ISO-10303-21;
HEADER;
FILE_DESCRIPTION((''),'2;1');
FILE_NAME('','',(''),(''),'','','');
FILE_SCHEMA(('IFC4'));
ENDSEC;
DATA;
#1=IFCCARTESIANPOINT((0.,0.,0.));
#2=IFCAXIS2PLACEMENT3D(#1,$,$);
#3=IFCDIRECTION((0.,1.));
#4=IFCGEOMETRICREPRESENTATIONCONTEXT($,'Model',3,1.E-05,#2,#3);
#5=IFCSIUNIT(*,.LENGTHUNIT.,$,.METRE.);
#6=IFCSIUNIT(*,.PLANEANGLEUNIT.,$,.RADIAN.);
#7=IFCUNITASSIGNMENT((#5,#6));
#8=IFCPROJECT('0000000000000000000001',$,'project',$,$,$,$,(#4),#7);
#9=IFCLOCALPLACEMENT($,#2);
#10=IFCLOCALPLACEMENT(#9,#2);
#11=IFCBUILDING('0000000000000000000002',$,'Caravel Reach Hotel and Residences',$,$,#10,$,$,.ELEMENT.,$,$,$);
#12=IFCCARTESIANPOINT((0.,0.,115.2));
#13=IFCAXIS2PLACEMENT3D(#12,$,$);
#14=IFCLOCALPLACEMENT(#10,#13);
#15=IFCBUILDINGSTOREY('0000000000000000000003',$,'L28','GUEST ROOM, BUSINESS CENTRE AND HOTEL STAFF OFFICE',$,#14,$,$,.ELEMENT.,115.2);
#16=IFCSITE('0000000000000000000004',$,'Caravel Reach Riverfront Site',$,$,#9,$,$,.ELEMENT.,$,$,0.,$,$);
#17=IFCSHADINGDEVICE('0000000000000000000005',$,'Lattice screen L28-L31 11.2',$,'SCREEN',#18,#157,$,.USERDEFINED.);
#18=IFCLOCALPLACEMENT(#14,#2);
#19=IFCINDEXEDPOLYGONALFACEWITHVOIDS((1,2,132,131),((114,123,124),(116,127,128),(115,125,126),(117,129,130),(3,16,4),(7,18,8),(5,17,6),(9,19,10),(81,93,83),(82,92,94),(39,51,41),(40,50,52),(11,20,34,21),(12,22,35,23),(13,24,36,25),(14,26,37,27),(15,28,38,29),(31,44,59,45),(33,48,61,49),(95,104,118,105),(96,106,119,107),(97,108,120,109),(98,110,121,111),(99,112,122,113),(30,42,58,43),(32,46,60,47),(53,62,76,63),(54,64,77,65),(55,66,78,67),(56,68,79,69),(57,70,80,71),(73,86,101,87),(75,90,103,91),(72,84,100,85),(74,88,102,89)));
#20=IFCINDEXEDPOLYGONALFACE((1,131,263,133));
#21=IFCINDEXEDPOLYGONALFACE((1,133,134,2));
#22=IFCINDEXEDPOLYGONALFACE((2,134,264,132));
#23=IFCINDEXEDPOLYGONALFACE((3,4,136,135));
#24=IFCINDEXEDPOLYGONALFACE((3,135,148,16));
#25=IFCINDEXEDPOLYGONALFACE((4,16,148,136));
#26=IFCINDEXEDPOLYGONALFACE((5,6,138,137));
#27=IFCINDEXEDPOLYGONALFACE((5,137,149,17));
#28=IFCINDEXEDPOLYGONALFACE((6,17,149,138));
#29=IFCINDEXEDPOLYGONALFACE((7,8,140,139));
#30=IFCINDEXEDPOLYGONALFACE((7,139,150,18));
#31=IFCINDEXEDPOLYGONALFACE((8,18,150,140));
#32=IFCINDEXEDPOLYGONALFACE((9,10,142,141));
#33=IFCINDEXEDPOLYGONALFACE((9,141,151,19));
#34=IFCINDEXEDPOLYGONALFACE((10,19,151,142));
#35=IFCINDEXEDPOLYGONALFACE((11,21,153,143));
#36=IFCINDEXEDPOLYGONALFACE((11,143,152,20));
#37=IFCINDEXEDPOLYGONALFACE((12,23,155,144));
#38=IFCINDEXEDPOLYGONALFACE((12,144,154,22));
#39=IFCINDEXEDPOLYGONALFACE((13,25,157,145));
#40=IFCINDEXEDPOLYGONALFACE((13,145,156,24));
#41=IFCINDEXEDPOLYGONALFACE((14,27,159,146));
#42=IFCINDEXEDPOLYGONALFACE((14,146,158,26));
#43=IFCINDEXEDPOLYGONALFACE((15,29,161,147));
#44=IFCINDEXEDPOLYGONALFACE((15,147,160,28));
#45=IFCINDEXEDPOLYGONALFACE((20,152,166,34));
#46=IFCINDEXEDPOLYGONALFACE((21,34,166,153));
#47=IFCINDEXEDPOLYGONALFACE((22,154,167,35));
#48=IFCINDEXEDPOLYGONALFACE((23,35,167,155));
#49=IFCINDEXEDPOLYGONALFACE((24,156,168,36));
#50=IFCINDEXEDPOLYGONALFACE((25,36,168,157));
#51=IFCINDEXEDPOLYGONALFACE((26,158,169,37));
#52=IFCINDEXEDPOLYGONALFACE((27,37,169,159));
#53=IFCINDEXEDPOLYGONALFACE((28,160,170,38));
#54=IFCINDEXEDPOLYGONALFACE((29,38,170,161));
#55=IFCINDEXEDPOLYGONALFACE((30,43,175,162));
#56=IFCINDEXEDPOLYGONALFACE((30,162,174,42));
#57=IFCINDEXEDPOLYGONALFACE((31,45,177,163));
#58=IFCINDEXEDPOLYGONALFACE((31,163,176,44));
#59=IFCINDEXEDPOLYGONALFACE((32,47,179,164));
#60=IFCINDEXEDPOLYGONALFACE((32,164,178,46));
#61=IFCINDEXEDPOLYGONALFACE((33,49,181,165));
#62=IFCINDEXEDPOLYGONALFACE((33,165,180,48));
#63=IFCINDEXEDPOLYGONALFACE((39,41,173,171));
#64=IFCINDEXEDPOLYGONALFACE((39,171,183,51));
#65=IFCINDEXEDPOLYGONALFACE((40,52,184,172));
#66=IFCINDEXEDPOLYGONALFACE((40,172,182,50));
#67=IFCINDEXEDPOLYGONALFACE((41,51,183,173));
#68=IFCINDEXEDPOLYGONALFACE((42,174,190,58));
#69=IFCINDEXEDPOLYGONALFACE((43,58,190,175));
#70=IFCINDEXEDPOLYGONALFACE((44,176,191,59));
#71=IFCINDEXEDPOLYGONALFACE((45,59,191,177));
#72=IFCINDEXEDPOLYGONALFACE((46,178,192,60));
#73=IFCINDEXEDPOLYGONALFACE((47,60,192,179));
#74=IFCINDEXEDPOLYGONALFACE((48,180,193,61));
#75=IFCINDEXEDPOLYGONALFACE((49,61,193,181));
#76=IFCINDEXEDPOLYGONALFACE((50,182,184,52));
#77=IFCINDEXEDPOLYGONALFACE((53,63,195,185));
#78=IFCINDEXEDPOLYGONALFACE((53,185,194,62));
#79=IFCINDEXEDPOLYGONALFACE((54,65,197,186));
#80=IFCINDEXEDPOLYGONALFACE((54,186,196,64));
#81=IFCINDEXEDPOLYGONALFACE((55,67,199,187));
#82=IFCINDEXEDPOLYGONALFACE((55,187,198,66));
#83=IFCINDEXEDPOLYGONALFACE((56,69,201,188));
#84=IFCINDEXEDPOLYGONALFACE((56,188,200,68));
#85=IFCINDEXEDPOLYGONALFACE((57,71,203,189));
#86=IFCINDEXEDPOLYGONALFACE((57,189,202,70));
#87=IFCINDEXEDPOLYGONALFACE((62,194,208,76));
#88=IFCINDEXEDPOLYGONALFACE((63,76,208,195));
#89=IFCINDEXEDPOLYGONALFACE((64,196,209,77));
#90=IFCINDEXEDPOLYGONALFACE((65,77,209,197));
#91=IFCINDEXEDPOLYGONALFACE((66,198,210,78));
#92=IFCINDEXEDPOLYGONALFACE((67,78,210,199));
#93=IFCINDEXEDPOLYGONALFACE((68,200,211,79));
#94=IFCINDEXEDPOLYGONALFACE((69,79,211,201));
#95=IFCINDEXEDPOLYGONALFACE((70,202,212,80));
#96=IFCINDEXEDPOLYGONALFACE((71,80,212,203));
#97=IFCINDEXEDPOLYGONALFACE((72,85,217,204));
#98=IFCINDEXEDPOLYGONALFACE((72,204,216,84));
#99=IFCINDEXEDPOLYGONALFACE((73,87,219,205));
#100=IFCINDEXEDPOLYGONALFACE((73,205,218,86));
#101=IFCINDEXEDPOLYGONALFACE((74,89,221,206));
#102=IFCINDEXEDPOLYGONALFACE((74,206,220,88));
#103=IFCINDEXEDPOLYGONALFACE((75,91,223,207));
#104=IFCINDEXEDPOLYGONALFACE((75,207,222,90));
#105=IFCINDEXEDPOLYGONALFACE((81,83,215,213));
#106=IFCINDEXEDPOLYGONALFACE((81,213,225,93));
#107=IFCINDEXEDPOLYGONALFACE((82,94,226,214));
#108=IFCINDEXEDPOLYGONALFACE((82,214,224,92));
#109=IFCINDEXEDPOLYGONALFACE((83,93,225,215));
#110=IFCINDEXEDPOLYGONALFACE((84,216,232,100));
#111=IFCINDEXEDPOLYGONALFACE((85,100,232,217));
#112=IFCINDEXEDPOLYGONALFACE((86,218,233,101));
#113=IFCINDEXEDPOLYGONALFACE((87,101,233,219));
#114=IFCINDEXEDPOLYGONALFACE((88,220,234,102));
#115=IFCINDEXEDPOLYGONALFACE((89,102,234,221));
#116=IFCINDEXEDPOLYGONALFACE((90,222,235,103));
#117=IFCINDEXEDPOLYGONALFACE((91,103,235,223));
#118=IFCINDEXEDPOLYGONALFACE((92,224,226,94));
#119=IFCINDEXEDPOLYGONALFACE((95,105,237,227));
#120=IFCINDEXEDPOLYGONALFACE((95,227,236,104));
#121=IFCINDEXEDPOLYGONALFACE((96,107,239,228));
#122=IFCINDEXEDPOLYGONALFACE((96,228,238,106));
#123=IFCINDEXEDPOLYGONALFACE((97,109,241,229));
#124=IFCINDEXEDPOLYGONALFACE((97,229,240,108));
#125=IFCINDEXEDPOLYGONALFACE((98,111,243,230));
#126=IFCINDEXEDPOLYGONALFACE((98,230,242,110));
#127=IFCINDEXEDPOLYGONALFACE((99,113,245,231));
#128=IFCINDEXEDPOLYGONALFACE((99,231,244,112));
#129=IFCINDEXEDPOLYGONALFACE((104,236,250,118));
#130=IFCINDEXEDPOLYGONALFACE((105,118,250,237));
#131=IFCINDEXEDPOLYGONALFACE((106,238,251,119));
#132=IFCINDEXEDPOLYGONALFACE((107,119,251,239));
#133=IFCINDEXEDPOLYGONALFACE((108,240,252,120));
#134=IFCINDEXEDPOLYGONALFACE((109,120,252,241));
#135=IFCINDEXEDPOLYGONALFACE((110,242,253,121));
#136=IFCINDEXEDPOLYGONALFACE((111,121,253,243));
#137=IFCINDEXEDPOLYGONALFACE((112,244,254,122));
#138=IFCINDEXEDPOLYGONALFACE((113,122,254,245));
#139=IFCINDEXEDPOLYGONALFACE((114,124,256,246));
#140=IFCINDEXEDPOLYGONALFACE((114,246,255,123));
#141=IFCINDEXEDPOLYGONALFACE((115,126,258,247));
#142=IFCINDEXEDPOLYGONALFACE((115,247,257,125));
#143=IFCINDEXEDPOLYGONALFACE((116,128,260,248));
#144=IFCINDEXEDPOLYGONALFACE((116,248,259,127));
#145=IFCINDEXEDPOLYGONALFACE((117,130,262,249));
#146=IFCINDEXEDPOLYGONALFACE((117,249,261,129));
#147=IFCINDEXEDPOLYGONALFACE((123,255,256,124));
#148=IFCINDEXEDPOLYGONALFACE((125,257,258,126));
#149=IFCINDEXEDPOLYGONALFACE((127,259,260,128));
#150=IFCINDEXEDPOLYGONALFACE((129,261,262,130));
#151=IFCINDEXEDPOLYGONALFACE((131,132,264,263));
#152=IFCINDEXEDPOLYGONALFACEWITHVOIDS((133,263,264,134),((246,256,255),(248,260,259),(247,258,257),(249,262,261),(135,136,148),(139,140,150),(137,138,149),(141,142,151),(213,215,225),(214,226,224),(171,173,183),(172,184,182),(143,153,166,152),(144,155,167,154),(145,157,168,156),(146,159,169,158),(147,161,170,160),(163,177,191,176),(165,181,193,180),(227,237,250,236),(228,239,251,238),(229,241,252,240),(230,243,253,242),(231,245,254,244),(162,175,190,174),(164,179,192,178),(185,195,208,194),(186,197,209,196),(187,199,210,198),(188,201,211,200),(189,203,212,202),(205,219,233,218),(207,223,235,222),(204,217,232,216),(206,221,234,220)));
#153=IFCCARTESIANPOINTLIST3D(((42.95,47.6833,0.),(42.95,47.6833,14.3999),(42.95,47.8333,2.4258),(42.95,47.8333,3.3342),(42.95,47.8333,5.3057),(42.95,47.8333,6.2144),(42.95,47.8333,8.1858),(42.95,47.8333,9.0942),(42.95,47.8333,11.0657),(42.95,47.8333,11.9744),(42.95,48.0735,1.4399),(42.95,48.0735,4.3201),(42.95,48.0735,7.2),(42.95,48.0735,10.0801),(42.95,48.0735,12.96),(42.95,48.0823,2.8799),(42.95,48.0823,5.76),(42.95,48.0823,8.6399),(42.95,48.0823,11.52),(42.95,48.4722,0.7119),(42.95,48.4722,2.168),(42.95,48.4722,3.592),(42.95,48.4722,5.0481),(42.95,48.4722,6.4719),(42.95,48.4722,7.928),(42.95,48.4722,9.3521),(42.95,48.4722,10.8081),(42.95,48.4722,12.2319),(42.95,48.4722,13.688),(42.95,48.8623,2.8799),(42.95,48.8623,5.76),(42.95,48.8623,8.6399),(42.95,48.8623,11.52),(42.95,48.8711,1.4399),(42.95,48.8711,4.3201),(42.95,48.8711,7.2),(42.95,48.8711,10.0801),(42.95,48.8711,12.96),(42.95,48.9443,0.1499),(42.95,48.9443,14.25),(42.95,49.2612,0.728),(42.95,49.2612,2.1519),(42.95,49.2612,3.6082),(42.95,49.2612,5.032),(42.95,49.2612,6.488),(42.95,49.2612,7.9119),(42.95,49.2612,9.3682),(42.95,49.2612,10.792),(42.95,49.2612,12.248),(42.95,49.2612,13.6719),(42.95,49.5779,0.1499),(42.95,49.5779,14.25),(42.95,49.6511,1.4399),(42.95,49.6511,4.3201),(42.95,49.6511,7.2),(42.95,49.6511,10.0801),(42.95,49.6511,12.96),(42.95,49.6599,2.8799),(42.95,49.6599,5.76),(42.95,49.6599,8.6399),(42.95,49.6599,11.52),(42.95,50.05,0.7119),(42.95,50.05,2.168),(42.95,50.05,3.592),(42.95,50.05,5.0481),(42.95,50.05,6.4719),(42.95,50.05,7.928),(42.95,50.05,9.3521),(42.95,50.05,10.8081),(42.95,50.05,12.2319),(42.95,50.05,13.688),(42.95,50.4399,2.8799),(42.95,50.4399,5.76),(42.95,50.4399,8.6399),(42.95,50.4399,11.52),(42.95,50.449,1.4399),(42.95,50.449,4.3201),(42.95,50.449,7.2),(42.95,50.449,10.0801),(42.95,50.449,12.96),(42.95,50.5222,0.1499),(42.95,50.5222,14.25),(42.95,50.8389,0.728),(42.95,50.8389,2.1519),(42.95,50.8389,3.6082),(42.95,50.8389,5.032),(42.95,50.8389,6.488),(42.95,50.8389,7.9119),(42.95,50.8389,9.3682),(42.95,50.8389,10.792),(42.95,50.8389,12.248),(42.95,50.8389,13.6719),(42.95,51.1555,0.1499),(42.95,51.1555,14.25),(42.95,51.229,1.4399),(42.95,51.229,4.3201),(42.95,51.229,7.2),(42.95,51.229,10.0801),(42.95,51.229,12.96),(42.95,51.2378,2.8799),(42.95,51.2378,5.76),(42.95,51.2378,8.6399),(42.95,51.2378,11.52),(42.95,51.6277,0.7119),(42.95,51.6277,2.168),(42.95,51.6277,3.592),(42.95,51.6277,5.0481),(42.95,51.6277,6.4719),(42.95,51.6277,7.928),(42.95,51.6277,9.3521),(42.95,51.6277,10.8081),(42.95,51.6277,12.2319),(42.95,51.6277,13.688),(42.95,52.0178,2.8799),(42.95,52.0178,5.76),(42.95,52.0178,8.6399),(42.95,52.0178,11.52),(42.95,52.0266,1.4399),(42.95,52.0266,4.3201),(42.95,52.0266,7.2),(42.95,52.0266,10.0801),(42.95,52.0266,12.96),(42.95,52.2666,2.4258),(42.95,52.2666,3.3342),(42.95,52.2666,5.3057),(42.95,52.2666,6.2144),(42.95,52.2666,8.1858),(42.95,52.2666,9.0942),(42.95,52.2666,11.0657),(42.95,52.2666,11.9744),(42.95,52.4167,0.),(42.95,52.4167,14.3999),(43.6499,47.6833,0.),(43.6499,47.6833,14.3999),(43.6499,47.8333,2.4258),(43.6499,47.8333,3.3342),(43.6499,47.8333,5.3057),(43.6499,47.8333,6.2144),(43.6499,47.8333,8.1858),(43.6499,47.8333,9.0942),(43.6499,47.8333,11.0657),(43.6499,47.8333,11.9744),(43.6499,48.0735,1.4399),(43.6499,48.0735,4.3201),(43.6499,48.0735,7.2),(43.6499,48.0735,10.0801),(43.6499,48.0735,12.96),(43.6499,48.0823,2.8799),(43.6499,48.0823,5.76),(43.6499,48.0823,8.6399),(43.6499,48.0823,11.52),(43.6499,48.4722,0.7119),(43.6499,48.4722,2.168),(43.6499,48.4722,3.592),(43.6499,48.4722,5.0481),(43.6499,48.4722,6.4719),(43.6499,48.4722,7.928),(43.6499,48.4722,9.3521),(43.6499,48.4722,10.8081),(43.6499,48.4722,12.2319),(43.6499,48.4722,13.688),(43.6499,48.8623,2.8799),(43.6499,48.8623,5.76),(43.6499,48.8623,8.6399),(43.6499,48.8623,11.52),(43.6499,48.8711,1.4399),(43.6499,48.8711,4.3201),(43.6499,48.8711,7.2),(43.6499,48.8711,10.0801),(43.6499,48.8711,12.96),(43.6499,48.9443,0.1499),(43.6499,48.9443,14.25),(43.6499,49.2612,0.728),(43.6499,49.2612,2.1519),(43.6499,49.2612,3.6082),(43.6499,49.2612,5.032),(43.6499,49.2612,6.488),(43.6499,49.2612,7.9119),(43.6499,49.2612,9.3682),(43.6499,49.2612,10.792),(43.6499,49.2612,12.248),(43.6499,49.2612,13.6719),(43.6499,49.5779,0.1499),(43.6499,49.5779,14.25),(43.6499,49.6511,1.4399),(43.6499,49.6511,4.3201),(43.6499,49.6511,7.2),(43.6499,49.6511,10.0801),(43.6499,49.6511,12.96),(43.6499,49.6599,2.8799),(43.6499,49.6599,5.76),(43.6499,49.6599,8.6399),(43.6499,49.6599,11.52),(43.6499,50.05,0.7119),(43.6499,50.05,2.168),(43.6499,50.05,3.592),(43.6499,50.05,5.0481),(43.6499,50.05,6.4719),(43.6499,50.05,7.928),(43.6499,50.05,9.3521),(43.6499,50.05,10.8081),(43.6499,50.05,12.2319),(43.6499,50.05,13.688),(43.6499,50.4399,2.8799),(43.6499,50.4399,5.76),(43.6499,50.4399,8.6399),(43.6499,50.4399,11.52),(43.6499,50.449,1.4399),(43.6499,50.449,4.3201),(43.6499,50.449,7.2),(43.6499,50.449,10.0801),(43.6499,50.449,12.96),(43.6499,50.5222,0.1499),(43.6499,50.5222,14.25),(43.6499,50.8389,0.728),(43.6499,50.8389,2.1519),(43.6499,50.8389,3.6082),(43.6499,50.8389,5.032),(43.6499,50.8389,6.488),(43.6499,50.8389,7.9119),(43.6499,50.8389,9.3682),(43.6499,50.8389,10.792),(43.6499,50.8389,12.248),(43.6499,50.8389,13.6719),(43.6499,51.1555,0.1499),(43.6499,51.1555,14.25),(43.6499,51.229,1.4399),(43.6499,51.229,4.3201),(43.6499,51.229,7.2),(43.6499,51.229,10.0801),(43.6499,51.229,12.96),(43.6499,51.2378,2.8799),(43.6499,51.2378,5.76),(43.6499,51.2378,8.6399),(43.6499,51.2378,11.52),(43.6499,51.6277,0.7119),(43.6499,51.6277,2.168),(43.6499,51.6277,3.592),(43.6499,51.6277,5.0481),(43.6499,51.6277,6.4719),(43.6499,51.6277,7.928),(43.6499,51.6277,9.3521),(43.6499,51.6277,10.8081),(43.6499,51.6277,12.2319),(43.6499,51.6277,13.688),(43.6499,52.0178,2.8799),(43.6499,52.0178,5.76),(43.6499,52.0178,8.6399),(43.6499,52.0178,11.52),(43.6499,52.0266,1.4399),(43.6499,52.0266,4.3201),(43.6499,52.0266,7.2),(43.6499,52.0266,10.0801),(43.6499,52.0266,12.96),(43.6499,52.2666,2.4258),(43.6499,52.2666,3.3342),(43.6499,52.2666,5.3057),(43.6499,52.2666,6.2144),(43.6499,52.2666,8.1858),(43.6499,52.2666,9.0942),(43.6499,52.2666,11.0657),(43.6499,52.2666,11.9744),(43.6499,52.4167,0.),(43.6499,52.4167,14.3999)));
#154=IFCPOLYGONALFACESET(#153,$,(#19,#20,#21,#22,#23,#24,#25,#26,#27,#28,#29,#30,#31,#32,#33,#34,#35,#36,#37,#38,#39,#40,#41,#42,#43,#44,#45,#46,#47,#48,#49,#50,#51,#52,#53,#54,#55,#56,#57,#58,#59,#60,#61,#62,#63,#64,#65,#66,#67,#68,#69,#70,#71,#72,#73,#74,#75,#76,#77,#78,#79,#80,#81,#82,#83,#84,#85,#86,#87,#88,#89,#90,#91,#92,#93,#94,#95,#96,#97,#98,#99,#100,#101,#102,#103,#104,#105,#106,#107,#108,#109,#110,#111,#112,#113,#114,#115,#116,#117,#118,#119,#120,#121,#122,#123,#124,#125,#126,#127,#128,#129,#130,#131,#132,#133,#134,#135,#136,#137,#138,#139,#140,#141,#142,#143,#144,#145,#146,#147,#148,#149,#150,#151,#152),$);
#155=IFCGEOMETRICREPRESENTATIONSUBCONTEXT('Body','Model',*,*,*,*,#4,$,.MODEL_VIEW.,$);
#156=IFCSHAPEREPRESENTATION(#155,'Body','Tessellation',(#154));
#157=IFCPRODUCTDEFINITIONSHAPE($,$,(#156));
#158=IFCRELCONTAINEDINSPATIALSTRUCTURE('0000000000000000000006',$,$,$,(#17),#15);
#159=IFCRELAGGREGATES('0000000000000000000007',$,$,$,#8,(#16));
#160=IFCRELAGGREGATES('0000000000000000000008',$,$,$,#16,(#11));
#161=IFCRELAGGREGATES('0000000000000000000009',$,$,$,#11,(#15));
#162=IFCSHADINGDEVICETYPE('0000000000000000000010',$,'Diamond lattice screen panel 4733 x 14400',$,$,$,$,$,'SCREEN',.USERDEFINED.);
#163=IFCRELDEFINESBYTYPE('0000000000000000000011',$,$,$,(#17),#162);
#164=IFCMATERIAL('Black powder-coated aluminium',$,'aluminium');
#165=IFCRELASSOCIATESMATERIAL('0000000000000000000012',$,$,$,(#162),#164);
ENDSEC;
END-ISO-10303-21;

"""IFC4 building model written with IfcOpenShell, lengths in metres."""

from ifc_helpers import new_model, si_unit, direction, frame, origin, place, context, subcontext, project, spatial, polyline, outline, extrude, material, type_object, element, save


model = new_model("IFC4")

# Units and contexts
model_context = context("Model", 3, precision=1e-05, world=origin(), true_north=direction((0.0, 1.0)))
body_context = subcontext(model_context, "Body", "Model", "MODEL_VIEW")
ifc_project = project(units=[si_unit("LENGTHUNIT", "METRE"), si_unit("PLANEANGLEUNIT", "RADIAN")], contexts=[model_context])

# Site, building, storey
site_placement = place(None, origin())
site = spatial("IfcSite", under=ifc_project, at=site_placement, Name="Caravel Reach Riverfront Site", CompositionType="ELEMENT", RefElevation=0.0)
building_placement = place(site_placement, origin())
building = spatial("IfcBuilding", under=site, at=building_placement, Name="Caravel Reach Hotel and Residences", CompositionType="ELEMENT")
storey_placement = place(building_placement, frame((0.0, 0.0, 115.2)))
storey = spatial("IfcBuildingStorey", under=building, at=storey_placement, Name="L28", Description="GUEST ROOM, BUSINESS CENTRE AND HOTEL STAFF OFFICE", CompositionType="ELEMENT", Elevation=115.2)

# Shading device
ifc_material_1 = material(Name="Black powder-coated aluminium", Category="aluminium")
shading_device_type_1 = type_object("IfcShadingDeviceType", Name="Diamond lattice screen panel 4733 x 14400", ElementType="SCREEN", PredefinedType="USERDEFINED", material=ifc_material_1)
shading_device_1_placement = place(storey_placement, frame((42.95, 47.6833, 0.0), z_axis=(1.0, 0.0, 0.0), x_axis=(0.0, 1.0, 0.0)))
element("IfcShadingDevice", 1, at=shading_device_1_placement, inside=storey, type_object=shading_device_type_1, Name="Lattice screen L28-L31 11.2", ObjectType="SCREEN", PredefinedType="USERDEFINED", context=body_context, shape_type="SweptSolid", body=[
    extrude(outline(polyline([(0.0, 0.0), (4.7334, 0.0), (4.7334, 14.3999), (0.0, 14.3999), (0.0, 0.0)]), holes=[polyline([(0.3989, 2.8799), (0.1499, 3.3342), (0.1499, 2.4258), (0.3989, 2.8799)]), polyline([(0.3989, 5.76), (0.1499, 6.2144), (0.1499, 5.3057), (0.3989, 5.76)]), polyline([(0.3989, 8.6399), (0.1499, 9.0942), (0.1499, 8.1858), (0.3989, 8.6399)]), polyline([(0.3989, 11.52), (0.1499, 11.9744), (0.1499, 11.0657), (0.3989, 11.52)]), polyline([(0.7888, 2.168), (0.3901, 1.4399), (0.7888, 0.7119), (1.1877, 1.4399), (0.7888, 2.168)]), polyline([(0.7888, 5.0481), (0.3901, 4.3201), (0.7888, 3.592), (1.1877, 4.3201), (0.7888, 5.0481)]), polyline([(0.7888, 7.928), (0.3901, 7.2), (0.7888, 6.4719), (1.1877, 7.2), (0.7888, 7.928)]), polyline([(0.7888, 10.8081), (0.3901, 10.0801), (0.7888, 9.3521), (1.1877, 10.0801), (0.7888, 10.8081)]), polyline([(0.7888, 13.688), (0.3901, 12.96), (0.7888, 12.2319), (1.1877, 12.96), (0.7888, 13.688)]), polyline([(1.5779, 0.728), (1.261, 0.1499), (1.8945, 0.1499), (1.5779, 0.728)]), polyline([(1.5779, 3.6082), (1.179, 2.8799), (1.5779, 2.1519), (1.9766, 2.8799), (1.5779, 3.6082)]), polyline([(1.5779, 6.488), (1.179, 5.76), (1.5779, 5.032), (1.9766, 5.76), (1.5779, 6.488)]), polyline([(1.5779, 9.3682), (1.179, 8.6399), (1.5779, 7.9119), (1.9766, 8.6399), (1.5779, 9.3682)]), polyline([(1.5779, 12.248), (1.179, 11.52), (1.5779, 10.792), (1.9766, 11.52), (1.5779, 12.248)]), polyline([(1.5779, 13.6719), (1.8945, 14.25), (1.261, 14.25), (1.5779, 13.6719)]), polyline([(2.3667, 2.168), (1.9678, 1.4399), (2.3667, 0.7119), (2.7656, 1.4399), (2.3667, 2.168)]), polyline([(2.3667, 5.0481), (1.9678, 4.3201), (2.3667, 3.592), (2.7656, 4.3201), (2.3667, 5.0481)]), polyline([(2.3667, 7.928), (1.9678, 7.2), (2.3667, 6.4719), (2.7656, 7.2), (2.3667, 7.928)]), polyline([(2.3667, 10.8081), (1.9678, 10.0801), (2.3667, 9.3521), (2.7656, 10.0801), (2.3667, 10.8081)]), polyline([(2.3667, 13.688), (1.9678, 12.96), (2.3667, 12.2319), (2.7656, 12.96), (2.3667, 13.688)]), polyline([(3.1555, 0.728), (2.8389, 0.1499), (3.4722, 0.1499), (3.1555, 0.728)]), polyline([(3.1555, 3.6082), (2.7566, 2.8799), (3.1555, 2.1519), (3.5544, 2.8799), (3.1555, 3.6082)]), polyline([(3.1555, 6.488), (2.7566, 5.76), (3.1555, 5.032), (3.5544, 5.76), (3.1555, 6.488)]), polyline([(3.1555, 9.3682), (2.7566, 8.6399), (3.1555, 7.9119), (3.5544, 8.6399), (3.1555, 9.3682)]), polyline([(3.1555, 12.248), (2.7566, 11.52), (3.1555, 10.792), (3.5544, 11.52), (3.1555, 12.248)]), polyline([(3.1555, 13.6719), (3.4722, 14.25), (2.8389, 14.25), (3.1555, 13.6719)]), polyline([(3.9443, 2.168), (3.5457, 1.4399), (3.9443, 0.7119), (4.3433, 1.4399), (3.9443, 2.168)]), polyline([(3.9443, 5.0481), (3.5457, 4.3201), (3.9443, 3.592), (4.3433, 4.3201), (3.9443, 5.0481)]), polyline([(3.9443, 7.928), (3.5457, 7.2), (3.9443, 6.4719), (4.3433, 7.2), (3.9443, 7.928)]), polyline([(3.9443, 10.8081), (3.5457, 10.0801), (3.9443, 9.3521), (4.3433, 10.0801), (3.9443, 10.8081)]), polyline([(3.9443, 13.688), (3.5457, 12.96), (3.9443, 12.2319), (4.3433, 12.96), (3.9443, 13.688)]), polyline([(4.3345, 2.8799), (4.5833, 2.4258), (4.5833, 3.3342), (4.3345, 2.8799)]), polyline([(4.3345, 5.76), (4.5833, 5.3057), (4.5833, 6.2144), (4.3345, 5.76)]), polyline([(4.3345, 8.6399), (4.5833, 8.1858), (4.5833, 9.0942), (4.3345, 8.6399)]), polyline([(4.3345, 11.52), (4.5833, 11.0657), (4.5833, 11.9744), (4.3345, 11.52)])]), origin(), (0.0, 0.0, 1.0), 0.7),
])

save(model, "model.ifc")
